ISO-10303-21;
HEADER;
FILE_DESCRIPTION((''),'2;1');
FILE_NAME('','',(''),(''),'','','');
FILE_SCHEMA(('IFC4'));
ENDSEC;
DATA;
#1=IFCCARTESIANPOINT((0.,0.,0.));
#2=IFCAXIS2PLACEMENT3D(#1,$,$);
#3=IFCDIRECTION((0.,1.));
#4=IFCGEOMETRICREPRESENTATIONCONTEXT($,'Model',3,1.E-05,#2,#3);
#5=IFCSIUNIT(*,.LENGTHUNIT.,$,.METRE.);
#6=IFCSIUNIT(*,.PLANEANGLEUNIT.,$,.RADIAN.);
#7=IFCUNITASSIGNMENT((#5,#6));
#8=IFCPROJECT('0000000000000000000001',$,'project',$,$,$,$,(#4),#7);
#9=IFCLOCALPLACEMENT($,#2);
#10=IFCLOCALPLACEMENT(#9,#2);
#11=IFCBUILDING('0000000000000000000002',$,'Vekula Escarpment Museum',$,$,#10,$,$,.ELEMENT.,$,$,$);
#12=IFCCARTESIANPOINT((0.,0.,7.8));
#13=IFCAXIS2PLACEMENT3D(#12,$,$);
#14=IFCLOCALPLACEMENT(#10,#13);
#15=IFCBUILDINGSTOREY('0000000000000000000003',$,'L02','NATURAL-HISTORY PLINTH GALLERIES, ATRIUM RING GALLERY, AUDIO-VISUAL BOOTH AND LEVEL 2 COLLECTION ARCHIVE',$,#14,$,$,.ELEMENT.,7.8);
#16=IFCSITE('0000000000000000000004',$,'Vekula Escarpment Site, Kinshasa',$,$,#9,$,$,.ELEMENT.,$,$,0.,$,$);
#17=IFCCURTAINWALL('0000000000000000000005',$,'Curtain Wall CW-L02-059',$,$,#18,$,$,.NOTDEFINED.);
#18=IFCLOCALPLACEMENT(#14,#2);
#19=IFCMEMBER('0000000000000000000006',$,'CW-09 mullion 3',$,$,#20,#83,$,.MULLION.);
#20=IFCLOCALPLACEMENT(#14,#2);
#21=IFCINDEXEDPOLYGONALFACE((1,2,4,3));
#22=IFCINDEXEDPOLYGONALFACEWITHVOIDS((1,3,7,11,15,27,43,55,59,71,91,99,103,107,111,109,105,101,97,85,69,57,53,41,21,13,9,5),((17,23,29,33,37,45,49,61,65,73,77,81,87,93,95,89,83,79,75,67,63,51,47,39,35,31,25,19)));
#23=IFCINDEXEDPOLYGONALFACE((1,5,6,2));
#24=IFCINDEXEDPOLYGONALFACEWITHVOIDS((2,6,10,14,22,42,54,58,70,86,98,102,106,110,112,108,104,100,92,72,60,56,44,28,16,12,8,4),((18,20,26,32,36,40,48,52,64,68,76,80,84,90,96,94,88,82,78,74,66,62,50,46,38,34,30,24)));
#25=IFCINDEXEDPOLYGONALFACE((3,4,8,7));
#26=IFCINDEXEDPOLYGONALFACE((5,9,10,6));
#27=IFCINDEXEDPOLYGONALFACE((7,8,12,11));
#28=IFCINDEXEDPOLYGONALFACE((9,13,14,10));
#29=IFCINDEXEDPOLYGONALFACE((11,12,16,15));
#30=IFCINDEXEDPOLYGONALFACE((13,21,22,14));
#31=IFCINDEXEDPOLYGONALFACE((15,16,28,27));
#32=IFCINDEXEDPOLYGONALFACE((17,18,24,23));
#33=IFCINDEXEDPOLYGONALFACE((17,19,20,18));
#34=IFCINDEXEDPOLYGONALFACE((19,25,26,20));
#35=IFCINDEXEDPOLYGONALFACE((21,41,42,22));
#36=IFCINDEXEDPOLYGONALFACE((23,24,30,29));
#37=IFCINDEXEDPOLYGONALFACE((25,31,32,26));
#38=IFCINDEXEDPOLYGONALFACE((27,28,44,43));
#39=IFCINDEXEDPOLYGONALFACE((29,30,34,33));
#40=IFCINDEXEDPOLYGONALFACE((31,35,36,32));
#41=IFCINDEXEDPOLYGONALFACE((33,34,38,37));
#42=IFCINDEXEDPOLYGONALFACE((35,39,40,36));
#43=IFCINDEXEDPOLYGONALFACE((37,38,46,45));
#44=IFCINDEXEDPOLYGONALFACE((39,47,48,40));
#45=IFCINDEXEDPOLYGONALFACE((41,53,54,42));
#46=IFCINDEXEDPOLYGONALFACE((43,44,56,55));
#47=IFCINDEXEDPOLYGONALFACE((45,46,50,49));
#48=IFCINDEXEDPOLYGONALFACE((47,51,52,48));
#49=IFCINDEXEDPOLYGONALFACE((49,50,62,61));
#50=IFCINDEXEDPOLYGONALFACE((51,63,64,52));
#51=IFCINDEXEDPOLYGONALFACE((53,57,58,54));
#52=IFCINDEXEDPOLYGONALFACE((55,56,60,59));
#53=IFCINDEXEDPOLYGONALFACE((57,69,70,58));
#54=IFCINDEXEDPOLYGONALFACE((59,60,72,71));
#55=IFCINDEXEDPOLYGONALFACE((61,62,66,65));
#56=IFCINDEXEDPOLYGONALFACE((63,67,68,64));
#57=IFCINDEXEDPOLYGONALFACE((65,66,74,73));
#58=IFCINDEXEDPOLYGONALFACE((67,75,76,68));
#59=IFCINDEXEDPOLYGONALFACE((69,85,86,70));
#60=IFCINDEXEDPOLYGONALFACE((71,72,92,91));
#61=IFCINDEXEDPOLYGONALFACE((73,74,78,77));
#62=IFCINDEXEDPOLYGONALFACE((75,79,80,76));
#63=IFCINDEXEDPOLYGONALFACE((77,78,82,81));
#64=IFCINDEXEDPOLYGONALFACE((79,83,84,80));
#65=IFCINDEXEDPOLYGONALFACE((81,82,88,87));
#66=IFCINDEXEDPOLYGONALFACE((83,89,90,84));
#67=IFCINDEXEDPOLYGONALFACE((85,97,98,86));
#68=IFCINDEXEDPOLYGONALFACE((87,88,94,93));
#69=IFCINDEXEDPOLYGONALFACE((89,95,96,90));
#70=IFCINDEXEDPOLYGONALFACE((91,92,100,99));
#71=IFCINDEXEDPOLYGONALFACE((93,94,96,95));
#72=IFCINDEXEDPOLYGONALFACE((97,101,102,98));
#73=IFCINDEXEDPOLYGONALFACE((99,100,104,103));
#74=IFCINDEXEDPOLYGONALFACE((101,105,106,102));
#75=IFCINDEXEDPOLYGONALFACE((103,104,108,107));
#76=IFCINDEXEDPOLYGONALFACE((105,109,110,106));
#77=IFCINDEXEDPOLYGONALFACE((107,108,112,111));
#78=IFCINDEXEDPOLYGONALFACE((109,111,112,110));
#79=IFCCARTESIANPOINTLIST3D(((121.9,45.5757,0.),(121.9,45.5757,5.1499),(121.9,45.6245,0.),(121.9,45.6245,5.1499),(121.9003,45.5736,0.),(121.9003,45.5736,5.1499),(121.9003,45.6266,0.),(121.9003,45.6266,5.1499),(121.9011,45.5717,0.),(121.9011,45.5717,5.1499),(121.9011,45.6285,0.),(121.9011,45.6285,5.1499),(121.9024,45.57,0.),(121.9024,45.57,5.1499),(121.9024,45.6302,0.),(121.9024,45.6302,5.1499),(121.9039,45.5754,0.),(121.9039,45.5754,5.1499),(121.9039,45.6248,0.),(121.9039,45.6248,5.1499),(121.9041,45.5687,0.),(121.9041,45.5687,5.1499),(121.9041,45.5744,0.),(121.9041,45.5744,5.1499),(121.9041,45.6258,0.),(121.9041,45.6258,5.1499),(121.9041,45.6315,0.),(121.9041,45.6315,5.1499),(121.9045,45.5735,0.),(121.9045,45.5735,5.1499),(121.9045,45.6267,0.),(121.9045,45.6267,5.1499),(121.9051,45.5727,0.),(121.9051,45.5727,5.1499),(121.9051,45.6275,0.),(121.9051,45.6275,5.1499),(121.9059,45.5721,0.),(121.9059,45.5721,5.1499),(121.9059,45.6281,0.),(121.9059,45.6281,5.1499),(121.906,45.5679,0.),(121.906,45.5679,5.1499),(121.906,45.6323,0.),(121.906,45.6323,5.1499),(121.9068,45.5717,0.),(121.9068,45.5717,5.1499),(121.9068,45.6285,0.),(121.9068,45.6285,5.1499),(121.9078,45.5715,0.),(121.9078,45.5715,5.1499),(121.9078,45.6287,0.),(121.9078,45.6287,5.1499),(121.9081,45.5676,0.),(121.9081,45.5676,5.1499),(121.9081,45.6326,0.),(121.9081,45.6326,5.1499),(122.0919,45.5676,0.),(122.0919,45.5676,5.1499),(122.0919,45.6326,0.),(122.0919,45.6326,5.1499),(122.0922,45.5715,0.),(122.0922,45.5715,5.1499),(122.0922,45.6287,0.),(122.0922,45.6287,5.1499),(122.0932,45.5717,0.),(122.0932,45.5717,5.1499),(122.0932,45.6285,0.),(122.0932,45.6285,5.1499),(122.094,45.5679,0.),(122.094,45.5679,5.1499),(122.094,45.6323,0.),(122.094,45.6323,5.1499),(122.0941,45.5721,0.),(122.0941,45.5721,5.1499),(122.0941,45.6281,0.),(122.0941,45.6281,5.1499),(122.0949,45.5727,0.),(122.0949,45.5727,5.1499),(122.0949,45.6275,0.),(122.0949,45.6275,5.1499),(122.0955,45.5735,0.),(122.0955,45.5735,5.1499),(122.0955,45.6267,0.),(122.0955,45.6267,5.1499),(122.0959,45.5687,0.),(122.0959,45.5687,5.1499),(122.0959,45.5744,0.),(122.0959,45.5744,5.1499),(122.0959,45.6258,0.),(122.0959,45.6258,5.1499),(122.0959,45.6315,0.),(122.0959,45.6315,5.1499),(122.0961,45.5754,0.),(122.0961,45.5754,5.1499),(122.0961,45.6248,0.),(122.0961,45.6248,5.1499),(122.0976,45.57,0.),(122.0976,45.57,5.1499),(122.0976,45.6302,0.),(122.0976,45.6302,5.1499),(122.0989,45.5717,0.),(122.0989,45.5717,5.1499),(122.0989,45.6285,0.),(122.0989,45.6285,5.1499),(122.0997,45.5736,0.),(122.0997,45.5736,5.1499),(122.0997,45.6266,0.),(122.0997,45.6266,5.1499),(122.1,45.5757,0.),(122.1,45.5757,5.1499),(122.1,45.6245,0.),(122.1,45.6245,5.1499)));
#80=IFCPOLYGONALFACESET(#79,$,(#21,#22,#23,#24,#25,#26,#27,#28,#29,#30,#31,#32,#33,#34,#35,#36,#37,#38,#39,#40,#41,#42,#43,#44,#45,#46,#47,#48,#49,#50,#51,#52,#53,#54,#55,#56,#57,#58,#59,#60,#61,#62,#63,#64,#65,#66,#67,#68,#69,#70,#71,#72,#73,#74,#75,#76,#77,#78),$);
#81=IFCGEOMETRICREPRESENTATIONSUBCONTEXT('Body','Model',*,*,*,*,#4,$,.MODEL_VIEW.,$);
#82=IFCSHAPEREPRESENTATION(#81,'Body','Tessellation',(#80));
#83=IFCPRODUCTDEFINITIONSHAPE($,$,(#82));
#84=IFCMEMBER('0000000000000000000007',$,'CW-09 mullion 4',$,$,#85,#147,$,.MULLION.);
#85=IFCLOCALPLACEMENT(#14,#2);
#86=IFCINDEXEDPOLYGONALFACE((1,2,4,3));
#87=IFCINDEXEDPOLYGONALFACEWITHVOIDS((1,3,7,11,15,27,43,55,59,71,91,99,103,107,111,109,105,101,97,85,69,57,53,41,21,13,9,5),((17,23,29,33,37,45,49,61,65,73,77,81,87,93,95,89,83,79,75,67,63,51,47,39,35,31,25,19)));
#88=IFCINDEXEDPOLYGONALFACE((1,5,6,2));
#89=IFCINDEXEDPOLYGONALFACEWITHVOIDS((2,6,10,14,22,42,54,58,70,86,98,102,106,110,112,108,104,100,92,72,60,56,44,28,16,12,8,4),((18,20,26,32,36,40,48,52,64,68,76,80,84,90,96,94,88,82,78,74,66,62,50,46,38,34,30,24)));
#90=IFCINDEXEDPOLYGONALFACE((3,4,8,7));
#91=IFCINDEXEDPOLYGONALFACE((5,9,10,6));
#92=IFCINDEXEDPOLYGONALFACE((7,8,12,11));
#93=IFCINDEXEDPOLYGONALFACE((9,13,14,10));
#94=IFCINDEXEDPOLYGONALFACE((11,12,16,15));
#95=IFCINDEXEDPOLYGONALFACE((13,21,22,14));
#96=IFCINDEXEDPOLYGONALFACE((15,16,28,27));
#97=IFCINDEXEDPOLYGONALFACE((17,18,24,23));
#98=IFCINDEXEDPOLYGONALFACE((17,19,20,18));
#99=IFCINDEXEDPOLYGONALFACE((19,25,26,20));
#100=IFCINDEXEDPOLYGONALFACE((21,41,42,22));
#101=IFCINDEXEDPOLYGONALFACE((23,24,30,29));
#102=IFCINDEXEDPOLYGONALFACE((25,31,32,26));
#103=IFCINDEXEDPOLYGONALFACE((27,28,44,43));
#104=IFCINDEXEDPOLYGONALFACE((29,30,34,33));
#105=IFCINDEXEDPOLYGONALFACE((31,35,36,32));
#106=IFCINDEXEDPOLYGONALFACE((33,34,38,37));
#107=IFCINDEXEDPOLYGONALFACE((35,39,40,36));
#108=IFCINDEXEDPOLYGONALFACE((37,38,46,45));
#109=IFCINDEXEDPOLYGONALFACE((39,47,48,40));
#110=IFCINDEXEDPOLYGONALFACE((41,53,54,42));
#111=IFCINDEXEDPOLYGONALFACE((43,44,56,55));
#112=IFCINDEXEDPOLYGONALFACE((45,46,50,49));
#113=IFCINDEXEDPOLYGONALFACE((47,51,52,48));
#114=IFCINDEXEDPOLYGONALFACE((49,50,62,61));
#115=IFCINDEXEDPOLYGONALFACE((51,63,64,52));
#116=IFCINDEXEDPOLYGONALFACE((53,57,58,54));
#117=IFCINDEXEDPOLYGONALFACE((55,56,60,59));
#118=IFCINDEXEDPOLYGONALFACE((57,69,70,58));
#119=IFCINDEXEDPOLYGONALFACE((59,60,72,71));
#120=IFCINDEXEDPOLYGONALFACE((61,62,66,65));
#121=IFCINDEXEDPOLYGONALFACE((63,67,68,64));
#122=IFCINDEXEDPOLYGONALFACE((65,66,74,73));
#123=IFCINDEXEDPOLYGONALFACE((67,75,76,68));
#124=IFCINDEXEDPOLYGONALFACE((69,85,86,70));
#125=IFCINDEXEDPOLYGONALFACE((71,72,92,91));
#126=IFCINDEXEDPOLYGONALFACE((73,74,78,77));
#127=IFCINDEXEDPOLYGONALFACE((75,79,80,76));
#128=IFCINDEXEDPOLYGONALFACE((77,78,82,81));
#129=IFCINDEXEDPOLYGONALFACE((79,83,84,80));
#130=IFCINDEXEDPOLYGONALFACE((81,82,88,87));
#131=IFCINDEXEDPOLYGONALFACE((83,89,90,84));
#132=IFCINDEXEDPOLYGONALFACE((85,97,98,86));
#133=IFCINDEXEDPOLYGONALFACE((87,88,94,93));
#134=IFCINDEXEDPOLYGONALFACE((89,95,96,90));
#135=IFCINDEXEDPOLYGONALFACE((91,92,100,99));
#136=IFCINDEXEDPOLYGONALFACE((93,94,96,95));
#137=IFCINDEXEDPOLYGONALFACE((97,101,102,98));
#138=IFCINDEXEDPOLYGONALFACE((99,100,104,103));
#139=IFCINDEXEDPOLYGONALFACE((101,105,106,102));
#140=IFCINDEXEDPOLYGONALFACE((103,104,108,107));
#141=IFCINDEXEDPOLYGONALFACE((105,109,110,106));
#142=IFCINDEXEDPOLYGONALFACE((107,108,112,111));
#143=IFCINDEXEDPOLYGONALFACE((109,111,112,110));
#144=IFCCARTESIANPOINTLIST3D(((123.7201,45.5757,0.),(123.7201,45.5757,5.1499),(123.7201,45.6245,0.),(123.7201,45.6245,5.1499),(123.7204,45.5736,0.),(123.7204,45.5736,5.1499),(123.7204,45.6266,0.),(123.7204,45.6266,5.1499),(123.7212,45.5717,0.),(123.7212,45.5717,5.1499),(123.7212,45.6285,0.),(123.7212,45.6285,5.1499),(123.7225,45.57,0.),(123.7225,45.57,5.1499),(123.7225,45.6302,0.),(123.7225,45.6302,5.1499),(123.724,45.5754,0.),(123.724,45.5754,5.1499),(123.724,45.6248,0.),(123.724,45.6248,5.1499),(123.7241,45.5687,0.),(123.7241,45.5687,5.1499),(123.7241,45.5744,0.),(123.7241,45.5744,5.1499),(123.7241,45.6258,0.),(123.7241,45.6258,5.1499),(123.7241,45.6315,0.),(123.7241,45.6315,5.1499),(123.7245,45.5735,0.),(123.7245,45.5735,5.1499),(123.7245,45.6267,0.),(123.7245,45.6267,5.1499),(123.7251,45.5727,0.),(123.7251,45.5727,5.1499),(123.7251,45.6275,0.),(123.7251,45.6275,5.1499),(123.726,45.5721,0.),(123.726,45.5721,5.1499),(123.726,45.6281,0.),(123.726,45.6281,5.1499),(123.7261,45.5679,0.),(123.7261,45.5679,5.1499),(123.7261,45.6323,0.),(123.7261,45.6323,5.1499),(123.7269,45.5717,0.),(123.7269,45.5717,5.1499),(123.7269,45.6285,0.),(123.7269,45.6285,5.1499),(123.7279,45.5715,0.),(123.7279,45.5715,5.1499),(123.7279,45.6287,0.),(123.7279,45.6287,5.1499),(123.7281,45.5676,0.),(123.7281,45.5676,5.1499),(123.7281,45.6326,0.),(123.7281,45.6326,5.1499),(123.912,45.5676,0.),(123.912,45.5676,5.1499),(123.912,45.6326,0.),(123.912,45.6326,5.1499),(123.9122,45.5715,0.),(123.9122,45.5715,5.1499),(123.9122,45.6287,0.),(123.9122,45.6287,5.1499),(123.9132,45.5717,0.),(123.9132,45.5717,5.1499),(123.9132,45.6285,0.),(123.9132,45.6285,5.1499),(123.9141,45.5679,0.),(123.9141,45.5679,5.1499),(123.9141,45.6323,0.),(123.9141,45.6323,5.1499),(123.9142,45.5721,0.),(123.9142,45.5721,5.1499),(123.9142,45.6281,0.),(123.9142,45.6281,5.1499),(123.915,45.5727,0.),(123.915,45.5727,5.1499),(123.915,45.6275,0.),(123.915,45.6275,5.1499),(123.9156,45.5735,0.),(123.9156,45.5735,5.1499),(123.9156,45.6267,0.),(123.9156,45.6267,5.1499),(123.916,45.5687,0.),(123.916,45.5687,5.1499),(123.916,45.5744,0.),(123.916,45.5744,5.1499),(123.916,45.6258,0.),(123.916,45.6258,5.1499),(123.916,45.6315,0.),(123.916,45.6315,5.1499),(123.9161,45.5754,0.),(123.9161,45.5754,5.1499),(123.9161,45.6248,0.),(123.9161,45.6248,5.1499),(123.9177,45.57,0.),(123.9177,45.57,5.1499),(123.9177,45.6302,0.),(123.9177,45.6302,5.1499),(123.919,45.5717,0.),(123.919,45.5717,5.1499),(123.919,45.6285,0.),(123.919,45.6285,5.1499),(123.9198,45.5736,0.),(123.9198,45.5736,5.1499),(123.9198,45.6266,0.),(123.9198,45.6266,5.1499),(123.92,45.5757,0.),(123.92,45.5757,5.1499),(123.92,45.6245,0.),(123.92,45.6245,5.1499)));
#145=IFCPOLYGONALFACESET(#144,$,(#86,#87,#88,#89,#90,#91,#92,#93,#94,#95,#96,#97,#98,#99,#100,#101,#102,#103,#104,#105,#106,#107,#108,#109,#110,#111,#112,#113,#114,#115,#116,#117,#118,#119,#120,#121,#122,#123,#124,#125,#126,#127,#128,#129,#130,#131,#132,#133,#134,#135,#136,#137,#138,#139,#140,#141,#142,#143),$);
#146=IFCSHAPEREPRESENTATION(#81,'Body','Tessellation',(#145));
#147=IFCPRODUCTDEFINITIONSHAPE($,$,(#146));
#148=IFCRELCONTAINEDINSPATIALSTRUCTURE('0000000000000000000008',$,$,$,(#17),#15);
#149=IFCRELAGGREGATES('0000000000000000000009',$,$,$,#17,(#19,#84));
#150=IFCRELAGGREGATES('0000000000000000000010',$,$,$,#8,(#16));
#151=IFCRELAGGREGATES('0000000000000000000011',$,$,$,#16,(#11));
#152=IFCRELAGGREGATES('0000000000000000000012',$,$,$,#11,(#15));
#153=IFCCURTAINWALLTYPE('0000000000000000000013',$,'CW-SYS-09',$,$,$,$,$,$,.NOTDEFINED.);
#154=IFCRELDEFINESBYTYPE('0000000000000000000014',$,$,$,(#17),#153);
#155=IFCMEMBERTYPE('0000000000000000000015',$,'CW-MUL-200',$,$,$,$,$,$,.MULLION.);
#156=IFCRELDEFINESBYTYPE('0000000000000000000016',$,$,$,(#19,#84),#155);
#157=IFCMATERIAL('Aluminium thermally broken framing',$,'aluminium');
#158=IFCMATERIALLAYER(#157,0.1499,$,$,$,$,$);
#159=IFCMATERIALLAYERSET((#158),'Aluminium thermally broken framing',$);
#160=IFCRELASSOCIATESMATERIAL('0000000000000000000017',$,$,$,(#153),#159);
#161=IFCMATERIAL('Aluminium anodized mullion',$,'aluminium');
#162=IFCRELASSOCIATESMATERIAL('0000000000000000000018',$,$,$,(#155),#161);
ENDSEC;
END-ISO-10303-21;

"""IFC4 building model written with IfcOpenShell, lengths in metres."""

from ifc_helpers import new_model, si_unit, direction, frame, origin, origin_2d, place, context, subcontext, project, spatial, hollow_rectangle, extrude, material, layer, layer_set, material_profile, profile_set, type_object, element, aggregate, save


model = new_model("IFC4")

# Units and contexts
model_context = context("Model", 3, precision=1e-05, world=origin(), true_north=direction((0.0, 1.0)))
body_context = subcontext(model_context, "Body", "Model", "MODEL_VIEW")
ifc_project = project(units=[si_unit("LENGTHUNIT", "METRE"), si_unit("PLANEANGLEUNIT", "RADIAN")], contexts=[model_context])

# Site, building, storey
site_placement = place(None, origin())
site = spatial("IfcSite", under=ifc_project, at=site_placement, Name="Vekula Escarpment Site, Kinshasa", CompositionType="ELEMENT", RefElevation=0.0)
building_placement = place(site_placement, origin())
building = spatial("IfcBuilding", under=site, at=building_placement, Name="Vekula Escarpment Museum", CompositionType="ELEMENT")
storey_placement = place(building_placement, frame((0.0, 0.0, 7.8)))
storey = spatial("IfcBuildingStorey", under=building, at=storey_placement, Name="L02", Description="NATURAL-HISTORY PLINTH GALLERIES, ATRIUM RING GALLERY, AUDIO-VISUAL BOOTH AND LEVEL 2 COLLECTION ARCHIVE", CompositionType="ELEMENT", Elevation=7.8)

# Curtain wall, members
ifc_material_1 = material(Name="Aluminium thermally broken framing", Category="aluminium")
ifc_layer_1 = layer(ifc_material_1, 0.1499)
ifc_layer_set_1 = layer_set([ifc_layer_1], Name="Aluminium thermally broken framing")
curtain_wall_type = type_object("IfcCurtainWallType", Name="CW-SYS-09", PredefinedType="NOTDEFINED", material=ifc_layer_set_1)
curtain_wall_placement = place(storey_placement, origin())
curtain_wall = element("IfcCurtainWall", 1, at=curtain_wall_placement, inside=storey, type_object=curtain_wall_type, Name="Curtain Wall CW-L02-059", PredefinedType="NOTDEFINED")
ifc_material_2 = material(Name="Aluminium anodized mullion", Category="aluminium")
ifc_material_profile_1 = material_profile(ifc_material_2, hollow_rectangle(XDim=0.0649, YDim=0.2, WallThickness=0.0039, InnerFilletRadius=0.0039, OuterFilletRadius=0.0081, at=origin_2d()), Name="ALU 200x65x4")
ifc_profile_set_1 = profile_set([ifc_material_profile_1], Name="Aluminium anodized mullion")
member_type_1 = type_object("IfcMemberType", Name="CW-MUL-200", PredefinedType="MULLION", material=ifc_profile_set_1)
member_1_placement = place(storey_placement, frame((122.0, 45.6001, 0.0), z_axis=(0.0, 0.0, 1.0), x_axis=(0.0, 1.0, 0.0)))
member_1 = element("IfcMember", 2, at=member_1_placement, type_object=member_type_1, Name="CW-09 mullion 3", PredefinedType="MULLION", context=body_context, shape_type="SweptSolid", body=[
    extrude(hollow_rectangle(XDim=0.0649, YDim=0.2, WallThickness=0.0039, InnerFilletRadius=0.0039, OuterFilletRadius=0.0081, at=origin_2d()), origin(), (0.0, 0.0, 1.0), 5.1499),
])
member_2_placement = place(storey_placement, frame((123.8201, 45.6001, 0.0), z_axis=(0.0, 0.0, 1.0), x_axis=(0.0, 1.0, 0.0)))
member_2 = element("IfcMember", 3, at=member_2_placement, type_object=member_type_1, Name="CW-09 mullion 4", PredefinedType="MULLION", context=body_context, shape_type="SweptSolid", body=[
    extrude(hollow_rectangle(XDim=0.0649, YDim=0.2, WallThickness=0.0039, InnerFilletRadius=0.0039, OuterFilletRadius=0.0081, at=origin_2d()), origin(), (0.0, 0.0, 1.0), 5.1499),
])
aggregate(curtain_wall, [member_1, member_2])

save(model, "model.ifc")
